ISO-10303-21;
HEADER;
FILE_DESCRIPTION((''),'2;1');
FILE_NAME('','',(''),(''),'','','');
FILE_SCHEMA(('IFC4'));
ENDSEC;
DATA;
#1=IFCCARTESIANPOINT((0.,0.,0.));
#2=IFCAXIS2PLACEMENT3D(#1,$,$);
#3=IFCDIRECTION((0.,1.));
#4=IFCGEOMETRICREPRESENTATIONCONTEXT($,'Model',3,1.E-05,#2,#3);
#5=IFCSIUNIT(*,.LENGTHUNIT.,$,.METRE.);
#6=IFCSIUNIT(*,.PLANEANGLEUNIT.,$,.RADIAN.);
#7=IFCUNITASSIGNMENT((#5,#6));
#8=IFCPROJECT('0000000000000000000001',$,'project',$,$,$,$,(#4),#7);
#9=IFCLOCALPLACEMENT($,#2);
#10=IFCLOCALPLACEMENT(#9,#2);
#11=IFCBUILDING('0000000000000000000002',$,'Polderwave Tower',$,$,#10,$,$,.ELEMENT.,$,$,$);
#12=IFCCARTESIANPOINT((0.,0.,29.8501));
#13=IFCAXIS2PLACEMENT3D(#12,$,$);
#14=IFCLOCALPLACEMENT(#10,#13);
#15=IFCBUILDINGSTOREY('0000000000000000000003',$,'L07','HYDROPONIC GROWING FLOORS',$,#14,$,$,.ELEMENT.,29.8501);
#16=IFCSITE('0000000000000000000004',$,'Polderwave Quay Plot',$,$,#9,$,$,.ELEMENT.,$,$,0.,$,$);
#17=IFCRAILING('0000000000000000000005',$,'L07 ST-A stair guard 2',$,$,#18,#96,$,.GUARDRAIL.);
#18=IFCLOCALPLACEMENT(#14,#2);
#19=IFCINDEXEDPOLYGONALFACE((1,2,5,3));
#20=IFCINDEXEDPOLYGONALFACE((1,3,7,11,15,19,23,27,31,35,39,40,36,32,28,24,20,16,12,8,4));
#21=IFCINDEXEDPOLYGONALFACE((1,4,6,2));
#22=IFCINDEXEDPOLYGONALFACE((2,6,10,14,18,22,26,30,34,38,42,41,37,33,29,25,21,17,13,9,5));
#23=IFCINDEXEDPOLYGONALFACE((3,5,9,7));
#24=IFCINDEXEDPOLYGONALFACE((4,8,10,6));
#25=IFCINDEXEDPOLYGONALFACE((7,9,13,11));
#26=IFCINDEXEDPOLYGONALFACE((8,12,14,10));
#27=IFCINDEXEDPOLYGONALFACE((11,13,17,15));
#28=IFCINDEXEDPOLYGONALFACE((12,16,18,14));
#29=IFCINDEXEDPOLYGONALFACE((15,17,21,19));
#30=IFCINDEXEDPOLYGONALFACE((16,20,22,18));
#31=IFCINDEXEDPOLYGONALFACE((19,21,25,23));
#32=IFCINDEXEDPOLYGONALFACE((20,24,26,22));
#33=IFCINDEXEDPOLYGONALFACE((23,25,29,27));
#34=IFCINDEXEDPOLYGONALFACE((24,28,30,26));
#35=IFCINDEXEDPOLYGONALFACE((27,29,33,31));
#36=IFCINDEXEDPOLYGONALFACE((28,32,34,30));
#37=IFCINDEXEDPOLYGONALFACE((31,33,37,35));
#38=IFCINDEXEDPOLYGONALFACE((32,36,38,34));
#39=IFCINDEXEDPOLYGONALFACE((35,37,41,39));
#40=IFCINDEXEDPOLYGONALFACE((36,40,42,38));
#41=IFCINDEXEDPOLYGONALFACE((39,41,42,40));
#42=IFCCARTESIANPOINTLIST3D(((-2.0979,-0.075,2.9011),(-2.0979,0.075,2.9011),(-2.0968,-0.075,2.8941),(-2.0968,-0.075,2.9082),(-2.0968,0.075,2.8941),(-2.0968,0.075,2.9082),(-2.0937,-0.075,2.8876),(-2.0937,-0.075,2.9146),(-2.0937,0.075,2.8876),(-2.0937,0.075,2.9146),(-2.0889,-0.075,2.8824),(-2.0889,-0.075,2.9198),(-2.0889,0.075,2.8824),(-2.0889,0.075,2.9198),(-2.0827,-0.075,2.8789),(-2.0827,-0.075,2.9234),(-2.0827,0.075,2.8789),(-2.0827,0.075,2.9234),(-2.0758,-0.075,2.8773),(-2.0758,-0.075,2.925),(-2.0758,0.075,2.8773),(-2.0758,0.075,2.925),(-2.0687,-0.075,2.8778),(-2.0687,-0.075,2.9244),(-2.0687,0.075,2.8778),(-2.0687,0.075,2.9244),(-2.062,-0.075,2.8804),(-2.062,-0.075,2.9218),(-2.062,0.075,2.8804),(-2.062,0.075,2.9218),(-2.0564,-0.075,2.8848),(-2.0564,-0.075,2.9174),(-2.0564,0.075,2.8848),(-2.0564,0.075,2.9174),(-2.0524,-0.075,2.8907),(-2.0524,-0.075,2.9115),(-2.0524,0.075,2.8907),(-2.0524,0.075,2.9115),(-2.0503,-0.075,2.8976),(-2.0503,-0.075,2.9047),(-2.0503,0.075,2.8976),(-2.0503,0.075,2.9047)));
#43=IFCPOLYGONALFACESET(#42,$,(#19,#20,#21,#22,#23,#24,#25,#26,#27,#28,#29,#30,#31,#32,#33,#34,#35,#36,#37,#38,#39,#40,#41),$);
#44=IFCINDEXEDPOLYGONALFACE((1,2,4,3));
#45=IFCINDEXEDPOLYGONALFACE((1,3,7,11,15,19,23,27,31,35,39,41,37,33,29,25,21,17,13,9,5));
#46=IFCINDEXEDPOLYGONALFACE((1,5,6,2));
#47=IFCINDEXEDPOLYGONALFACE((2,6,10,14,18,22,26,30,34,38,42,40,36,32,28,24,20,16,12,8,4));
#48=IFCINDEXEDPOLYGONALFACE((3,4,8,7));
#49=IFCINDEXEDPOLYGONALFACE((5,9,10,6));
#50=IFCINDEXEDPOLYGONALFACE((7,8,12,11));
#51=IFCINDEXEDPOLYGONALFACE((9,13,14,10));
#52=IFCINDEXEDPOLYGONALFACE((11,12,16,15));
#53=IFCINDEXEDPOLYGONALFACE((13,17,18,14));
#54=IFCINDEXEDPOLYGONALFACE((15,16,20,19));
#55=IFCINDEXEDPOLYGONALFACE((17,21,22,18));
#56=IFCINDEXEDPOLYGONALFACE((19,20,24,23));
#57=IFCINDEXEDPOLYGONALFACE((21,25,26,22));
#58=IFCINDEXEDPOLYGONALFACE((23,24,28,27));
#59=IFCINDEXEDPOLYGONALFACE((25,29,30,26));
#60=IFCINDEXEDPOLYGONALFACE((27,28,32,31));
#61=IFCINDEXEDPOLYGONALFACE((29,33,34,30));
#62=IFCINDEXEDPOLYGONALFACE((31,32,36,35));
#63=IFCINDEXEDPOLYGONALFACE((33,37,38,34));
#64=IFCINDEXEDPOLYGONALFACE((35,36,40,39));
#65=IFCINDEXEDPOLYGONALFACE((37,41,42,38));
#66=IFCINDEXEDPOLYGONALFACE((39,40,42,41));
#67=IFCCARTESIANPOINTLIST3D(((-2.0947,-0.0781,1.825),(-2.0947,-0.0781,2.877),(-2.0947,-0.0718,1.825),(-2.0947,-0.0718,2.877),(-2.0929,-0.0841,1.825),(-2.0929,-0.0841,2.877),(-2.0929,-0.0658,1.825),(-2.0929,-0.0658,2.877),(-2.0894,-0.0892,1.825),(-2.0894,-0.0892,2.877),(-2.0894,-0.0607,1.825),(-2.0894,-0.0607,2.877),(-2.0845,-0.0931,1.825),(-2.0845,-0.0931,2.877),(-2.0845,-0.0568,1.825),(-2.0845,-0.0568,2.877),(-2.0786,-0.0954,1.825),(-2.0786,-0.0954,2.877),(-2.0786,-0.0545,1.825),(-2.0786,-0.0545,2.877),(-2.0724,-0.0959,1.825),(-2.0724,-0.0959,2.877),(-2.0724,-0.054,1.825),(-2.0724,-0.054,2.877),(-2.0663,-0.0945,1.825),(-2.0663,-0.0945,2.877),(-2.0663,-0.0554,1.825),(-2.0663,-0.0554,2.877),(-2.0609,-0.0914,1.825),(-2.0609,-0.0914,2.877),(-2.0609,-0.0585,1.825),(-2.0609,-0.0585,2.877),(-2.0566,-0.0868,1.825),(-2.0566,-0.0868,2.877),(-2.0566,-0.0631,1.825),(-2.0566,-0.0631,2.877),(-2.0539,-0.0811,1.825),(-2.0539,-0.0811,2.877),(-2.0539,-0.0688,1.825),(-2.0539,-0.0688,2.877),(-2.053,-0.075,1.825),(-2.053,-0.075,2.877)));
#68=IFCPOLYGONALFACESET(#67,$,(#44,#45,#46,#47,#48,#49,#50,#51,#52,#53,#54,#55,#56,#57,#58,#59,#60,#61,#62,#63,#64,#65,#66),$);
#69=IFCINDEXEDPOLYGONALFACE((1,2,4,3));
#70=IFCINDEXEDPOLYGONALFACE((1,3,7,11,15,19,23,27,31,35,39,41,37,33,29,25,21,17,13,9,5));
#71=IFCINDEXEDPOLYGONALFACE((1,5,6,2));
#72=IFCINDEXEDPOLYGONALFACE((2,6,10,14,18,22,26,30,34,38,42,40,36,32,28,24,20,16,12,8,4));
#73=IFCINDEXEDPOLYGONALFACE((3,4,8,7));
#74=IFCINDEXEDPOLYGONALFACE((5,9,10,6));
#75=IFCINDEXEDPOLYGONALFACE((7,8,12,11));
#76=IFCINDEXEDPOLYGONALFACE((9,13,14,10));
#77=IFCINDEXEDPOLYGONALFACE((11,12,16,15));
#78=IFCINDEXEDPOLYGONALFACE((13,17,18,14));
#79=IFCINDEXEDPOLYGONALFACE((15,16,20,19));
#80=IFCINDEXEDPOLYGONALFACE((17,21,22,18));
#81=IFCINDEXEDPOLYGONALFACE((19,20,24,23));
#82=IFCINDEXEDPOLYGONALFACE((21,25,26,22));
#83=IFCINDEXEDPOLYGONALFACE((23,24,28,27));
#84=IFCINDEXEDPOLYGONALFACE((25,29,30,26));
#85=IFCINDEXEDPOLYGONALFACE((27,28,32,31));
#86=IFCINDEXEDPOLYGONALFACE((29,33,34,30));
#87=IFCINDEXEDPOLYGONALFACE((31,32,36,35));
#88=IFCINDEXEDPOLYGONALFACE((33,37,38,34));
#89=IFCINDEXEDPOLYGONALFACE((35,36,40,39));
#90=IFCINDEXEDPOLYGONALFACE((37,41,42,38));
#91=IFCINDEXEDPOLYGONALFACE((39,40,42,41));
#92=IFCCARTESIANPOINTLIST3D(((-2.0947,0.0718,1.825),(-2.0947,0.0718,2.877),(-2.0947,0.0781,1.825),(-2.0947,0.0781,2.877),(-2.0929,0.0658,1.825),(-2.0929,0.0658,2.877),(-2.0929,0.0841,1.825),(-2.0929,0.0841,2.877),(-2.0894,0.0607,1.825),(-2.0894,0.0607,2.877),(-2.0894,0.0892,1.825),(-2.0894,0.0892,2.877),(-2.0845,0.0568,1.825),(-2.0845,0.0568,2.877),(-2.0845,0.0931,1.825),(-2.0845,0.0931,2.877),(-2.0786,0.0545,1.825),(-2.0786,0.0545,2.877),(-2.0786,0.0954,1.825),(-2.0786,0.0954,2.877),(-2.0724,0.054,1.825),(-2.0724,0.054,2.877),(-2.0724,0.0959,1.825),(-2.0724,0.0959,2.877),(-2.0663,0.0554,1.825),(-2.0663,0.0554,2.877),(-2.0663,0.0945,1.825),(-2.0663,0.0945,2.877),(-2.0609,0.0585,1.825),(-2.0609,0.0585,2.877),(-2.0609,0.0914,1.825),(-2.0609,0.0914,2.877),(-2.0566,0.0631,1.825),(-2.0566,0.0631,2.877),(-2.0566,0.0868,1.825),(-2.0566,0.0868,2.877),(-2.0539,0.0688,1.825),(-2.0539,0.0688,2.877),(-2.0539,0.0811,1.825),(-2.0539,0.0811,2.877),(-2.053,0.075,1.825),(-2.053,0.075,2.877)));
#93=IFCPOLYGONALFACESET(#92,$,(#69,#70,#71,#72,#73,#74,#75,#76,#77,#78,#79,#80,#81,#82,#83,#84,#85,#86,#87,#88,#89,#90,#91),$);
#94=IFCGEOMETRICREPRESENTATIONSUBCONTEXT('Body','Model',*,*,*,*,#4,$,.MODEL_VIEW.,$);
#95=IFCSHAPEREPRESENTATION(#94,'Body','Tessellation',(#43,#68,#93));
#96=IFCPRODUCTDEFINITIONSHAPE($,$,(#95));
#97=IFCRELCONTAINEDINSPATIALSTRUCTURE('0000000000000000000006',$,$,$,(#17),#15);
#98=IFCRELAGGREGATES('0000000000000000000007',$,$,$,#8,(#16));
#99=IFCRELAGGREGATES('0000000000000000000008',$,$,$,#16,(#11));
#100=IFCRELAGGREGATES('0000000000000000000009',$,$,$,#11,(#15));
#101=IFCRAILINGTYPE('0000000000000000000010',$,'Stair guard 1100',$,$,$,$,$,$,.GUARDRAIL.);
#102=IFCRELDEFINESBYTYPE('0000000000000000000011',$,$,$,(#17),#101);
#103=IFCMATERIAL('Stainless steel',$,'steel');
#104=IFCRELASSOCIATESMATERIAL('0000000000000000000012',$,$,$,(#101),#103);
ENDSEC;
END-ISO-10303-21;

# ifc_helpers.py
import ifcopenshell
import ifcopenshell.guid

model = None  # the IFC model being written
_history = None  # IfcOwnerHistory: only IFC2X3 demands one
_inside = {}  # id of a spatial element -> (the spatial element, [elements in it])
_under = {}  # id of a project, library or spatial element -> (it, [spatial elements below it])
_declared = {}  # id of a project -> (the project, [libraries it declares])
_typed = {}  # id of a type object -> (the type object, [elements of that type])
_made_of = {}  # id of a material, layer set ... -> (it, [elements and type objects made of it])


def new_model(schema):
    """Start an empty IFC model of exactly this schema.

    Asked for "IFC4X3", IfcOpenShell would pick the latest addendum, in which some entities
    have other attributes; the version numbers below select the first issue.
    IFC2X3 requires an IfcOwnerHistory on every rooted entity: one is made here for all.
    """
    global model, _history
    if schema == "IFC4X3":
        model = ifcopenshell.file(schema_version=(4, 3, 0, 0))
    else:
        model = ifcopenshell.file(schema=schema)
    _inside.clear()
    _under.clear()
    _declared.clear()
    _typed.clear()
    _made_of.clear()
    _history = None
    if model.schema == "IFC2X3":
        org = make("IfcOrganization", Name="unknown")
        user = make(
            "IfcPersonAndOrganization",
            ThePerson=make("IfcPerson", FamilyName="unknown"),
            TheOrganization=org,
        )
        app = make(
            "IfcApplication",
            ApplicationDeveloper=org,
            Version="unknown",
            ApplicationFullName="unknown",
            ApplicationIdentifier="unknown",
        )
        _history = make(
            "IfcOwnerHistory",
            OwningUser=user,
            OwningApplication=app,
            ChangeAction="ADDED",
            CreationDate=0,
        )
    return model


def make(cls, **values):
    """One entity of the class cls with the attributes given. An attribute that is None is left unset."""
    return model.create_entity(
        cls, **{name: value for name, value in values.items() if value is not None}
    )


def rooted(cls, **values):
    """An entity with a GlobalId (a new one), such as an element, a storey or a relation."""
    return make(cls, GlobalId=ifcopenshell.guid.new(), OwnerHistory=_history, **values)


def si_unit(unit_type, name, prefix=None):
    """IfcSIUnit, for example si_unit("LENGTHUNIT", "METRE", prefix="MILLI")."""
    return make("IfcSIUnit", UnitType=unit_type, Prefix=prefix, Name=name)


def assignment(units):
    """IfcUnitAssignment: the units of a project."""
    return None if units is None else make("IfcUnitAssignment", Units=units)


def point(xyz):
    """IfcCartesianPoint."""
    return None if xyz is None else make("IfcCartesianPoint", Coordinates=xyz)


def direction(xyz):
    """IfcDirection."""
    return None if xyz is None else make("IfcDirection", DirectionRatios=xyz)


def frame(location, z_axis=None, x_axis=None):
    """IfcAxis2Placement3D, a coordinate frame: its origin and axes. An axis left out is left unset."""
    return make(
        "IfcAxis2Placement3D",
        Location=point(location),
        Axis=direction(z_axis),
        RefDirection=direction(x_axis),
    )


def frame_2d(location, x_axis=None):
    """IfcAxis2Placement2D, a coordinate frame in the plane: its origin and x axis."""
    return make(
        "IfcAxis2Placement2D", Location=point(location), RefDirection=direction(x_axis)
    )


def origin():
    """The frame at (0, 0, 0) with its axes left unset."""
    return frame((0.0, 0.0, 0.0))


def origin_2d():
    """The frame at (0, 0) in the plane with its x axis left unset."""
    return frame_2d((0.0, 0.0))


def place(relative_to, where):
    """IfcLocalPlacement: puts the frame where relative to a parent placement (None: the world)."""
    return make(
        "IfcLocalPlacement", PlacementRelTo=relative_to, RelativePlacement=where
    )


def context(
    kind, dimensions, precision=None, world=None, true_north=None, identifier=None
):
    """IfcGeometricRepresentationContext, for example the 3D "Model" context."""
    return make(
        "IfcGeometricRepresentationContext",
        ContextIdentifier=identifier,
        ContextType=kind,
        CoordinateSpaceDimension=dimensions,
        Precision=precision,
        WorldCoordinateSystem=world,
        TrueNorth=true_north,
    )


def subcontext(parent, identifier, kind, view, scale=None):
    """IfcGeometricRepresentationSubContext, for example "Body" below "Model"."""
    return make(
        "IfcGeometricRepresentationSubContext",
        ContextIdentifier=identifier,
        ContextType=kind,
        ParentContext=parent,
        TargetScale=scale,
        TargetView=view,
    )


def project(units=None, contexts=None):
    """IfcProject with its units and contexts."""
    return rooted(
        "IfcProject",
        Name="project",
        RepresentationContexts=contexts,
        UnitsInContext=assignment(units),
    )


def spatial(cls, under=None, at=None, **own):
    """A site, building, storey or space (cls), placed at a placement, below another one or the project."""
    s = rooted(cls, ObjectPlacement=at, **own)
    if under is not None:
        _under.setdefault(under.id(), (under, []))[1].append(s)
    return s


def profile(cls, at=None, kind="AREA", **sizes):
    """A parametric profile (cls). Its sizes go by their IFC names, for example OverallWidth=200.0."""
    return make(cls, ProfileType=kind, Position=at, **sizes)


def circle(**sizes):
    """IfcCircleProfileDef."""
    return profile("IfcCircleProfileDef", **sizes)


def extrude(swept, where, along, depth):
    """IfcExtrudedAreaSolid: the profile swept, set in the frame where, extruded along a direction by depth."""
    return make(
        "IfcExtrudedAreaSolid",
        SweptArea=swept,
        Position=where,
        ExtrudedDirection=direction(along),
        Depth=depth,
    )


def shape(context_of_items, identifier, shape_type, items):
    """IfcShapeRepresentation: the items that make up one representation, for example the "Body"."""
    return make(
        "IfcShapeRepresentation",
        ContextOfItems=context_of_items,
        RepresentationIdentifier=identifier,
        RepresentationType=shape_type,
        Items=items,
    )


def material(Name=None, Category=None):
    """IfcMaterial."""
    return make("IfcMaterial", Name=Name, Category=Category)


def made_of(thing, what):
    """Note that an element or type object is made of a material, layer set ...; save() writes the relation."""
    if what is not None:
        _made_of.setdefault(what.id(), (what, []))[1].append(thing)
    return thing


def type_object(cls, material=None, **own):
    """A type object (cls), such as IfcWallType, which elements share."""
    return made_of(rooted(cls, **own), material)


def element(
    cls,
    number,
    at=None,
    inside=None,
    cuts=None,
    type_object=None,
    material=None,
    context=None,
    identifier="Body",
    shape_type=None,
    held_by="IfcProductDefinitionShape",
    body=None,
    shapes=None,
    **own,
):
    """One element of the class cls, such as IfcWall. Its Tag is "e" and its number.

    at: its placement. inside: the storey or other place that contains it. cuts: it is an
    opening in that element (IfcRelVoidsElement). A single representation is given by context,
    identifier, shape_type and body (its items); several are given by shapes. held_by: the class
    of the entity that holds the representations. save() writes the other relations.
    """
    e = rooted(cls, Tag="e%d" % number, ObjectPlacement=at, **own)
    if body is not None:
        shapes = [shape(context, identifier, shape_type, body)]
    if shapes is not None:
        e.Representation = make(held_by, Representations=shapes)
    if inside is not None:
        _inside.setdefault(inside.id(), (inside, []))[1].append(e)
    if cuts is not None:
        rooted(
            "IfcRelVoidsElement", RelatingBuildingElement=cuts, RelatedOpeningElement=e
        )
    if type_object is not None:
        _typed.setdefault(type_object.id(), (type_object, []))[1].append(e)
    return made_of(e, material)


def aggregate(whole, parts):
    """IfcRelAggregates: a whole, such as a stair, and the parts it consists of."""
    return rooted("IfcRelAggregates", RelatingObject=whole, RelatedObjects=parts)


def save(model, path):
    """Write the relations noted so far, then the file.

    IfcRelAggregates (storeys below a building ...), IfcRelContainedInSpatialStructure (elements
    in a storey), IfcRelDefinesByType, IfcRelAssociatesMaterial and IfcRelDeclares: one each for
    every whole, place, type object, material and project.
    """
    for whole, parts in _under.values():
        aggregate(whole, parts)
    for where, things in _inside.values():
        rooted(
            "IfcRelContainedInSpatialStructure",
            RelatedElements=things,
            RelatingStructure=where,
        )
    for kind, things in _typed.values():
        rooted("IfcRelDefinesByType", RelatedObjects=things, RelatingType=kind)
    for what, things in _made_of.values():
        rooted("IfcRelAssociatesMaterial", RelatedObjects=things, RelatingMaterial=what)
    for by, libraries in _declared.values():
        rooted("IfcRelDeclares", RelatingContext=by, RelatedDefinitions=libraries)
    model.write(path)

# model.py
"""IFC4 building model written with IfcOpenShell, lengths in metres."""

from ifc_helpers import new_model, si_unit, direction, frame, origin, origin_2d, place, context, subcontext, project, spatial, circle, extrude, material, type_object, element, save


model = new_model("IFC4")

# Units and contexts
model_context = context("Model", 3, precision=1e-05, world=origin(), true_north=direction((0.0, 1.0)))
body_context = subcontext(model_context, "Body", "Model", "MODEL_VIEW")
ifc_project = project(units=[si_unit("LENGTHUNIT", "METRE"), si_unit("PLANEANGLEUNIT", "RADIAN")], contexts=[model_context])

# Site, building, storey
site_placement = place(None, origin())
site = spatial("IfcSite", under=ifc_project, at=site_placement, Name="Polderwave Quay Plot", CompositionType="ELEMENT", RefElevation=0.0)
building_placement = place(site_placement, origin())
building = spatial("IfcBuilding", under=site, at=building_placement, Name="Polderwave Tower", CompositionType="ELEMENT")
storey_placement = place(building_placement, frame((0.0, 0.0, 29.8501)))
storey = spatial("IfcBuildingStorey", under=building, at=storey_placement, Name="L07", Description="HYDROPONIC GROWING FLOORS", CompositionType="ELEMENT", Elevation=29.8501)

# Railing
ifc_material_1 = material(Name="Stainless steel", Category="steel")
railing_type_1 = type_object("IfcRailingType", Name="Stair guard 1100", PredefinedType="GUARDRAIL", material=ifc_material_1)
railing_1_placement = place(storey_placement, frame((-2.074, -0.075, 1.825)))
element("IfcRailing", 1, at=railing_1_placement, inside=storey, type_object=railing_type_1, Name="L07 ST-A stair guard 2", PredefinedType="GUARDRAIL", context=body_context, shape_type="SweptSolid", body=[
    extrude(circle(Radius=0.0239, at=origin_2d()), frame((0.0, 0.0, 1.0762), z_axis=(0.0, 1.0, 0.0), x_axis=(-1.0, 0.0, 0.0)), (0.0, 0.0, 1.0), 0.1499),
    extrude(circle(Radius=0.021, at=origin_2d()), origin(), (0.0, 0.0, 1.0), 1.052),
    extrude(circle(Radius=0.021, at=origin_2d()), frame((0.0, 0.1499, 0.0)), (0.0, 0.0, 1.0), 1.052),
])

save(model, "model.ifc")
